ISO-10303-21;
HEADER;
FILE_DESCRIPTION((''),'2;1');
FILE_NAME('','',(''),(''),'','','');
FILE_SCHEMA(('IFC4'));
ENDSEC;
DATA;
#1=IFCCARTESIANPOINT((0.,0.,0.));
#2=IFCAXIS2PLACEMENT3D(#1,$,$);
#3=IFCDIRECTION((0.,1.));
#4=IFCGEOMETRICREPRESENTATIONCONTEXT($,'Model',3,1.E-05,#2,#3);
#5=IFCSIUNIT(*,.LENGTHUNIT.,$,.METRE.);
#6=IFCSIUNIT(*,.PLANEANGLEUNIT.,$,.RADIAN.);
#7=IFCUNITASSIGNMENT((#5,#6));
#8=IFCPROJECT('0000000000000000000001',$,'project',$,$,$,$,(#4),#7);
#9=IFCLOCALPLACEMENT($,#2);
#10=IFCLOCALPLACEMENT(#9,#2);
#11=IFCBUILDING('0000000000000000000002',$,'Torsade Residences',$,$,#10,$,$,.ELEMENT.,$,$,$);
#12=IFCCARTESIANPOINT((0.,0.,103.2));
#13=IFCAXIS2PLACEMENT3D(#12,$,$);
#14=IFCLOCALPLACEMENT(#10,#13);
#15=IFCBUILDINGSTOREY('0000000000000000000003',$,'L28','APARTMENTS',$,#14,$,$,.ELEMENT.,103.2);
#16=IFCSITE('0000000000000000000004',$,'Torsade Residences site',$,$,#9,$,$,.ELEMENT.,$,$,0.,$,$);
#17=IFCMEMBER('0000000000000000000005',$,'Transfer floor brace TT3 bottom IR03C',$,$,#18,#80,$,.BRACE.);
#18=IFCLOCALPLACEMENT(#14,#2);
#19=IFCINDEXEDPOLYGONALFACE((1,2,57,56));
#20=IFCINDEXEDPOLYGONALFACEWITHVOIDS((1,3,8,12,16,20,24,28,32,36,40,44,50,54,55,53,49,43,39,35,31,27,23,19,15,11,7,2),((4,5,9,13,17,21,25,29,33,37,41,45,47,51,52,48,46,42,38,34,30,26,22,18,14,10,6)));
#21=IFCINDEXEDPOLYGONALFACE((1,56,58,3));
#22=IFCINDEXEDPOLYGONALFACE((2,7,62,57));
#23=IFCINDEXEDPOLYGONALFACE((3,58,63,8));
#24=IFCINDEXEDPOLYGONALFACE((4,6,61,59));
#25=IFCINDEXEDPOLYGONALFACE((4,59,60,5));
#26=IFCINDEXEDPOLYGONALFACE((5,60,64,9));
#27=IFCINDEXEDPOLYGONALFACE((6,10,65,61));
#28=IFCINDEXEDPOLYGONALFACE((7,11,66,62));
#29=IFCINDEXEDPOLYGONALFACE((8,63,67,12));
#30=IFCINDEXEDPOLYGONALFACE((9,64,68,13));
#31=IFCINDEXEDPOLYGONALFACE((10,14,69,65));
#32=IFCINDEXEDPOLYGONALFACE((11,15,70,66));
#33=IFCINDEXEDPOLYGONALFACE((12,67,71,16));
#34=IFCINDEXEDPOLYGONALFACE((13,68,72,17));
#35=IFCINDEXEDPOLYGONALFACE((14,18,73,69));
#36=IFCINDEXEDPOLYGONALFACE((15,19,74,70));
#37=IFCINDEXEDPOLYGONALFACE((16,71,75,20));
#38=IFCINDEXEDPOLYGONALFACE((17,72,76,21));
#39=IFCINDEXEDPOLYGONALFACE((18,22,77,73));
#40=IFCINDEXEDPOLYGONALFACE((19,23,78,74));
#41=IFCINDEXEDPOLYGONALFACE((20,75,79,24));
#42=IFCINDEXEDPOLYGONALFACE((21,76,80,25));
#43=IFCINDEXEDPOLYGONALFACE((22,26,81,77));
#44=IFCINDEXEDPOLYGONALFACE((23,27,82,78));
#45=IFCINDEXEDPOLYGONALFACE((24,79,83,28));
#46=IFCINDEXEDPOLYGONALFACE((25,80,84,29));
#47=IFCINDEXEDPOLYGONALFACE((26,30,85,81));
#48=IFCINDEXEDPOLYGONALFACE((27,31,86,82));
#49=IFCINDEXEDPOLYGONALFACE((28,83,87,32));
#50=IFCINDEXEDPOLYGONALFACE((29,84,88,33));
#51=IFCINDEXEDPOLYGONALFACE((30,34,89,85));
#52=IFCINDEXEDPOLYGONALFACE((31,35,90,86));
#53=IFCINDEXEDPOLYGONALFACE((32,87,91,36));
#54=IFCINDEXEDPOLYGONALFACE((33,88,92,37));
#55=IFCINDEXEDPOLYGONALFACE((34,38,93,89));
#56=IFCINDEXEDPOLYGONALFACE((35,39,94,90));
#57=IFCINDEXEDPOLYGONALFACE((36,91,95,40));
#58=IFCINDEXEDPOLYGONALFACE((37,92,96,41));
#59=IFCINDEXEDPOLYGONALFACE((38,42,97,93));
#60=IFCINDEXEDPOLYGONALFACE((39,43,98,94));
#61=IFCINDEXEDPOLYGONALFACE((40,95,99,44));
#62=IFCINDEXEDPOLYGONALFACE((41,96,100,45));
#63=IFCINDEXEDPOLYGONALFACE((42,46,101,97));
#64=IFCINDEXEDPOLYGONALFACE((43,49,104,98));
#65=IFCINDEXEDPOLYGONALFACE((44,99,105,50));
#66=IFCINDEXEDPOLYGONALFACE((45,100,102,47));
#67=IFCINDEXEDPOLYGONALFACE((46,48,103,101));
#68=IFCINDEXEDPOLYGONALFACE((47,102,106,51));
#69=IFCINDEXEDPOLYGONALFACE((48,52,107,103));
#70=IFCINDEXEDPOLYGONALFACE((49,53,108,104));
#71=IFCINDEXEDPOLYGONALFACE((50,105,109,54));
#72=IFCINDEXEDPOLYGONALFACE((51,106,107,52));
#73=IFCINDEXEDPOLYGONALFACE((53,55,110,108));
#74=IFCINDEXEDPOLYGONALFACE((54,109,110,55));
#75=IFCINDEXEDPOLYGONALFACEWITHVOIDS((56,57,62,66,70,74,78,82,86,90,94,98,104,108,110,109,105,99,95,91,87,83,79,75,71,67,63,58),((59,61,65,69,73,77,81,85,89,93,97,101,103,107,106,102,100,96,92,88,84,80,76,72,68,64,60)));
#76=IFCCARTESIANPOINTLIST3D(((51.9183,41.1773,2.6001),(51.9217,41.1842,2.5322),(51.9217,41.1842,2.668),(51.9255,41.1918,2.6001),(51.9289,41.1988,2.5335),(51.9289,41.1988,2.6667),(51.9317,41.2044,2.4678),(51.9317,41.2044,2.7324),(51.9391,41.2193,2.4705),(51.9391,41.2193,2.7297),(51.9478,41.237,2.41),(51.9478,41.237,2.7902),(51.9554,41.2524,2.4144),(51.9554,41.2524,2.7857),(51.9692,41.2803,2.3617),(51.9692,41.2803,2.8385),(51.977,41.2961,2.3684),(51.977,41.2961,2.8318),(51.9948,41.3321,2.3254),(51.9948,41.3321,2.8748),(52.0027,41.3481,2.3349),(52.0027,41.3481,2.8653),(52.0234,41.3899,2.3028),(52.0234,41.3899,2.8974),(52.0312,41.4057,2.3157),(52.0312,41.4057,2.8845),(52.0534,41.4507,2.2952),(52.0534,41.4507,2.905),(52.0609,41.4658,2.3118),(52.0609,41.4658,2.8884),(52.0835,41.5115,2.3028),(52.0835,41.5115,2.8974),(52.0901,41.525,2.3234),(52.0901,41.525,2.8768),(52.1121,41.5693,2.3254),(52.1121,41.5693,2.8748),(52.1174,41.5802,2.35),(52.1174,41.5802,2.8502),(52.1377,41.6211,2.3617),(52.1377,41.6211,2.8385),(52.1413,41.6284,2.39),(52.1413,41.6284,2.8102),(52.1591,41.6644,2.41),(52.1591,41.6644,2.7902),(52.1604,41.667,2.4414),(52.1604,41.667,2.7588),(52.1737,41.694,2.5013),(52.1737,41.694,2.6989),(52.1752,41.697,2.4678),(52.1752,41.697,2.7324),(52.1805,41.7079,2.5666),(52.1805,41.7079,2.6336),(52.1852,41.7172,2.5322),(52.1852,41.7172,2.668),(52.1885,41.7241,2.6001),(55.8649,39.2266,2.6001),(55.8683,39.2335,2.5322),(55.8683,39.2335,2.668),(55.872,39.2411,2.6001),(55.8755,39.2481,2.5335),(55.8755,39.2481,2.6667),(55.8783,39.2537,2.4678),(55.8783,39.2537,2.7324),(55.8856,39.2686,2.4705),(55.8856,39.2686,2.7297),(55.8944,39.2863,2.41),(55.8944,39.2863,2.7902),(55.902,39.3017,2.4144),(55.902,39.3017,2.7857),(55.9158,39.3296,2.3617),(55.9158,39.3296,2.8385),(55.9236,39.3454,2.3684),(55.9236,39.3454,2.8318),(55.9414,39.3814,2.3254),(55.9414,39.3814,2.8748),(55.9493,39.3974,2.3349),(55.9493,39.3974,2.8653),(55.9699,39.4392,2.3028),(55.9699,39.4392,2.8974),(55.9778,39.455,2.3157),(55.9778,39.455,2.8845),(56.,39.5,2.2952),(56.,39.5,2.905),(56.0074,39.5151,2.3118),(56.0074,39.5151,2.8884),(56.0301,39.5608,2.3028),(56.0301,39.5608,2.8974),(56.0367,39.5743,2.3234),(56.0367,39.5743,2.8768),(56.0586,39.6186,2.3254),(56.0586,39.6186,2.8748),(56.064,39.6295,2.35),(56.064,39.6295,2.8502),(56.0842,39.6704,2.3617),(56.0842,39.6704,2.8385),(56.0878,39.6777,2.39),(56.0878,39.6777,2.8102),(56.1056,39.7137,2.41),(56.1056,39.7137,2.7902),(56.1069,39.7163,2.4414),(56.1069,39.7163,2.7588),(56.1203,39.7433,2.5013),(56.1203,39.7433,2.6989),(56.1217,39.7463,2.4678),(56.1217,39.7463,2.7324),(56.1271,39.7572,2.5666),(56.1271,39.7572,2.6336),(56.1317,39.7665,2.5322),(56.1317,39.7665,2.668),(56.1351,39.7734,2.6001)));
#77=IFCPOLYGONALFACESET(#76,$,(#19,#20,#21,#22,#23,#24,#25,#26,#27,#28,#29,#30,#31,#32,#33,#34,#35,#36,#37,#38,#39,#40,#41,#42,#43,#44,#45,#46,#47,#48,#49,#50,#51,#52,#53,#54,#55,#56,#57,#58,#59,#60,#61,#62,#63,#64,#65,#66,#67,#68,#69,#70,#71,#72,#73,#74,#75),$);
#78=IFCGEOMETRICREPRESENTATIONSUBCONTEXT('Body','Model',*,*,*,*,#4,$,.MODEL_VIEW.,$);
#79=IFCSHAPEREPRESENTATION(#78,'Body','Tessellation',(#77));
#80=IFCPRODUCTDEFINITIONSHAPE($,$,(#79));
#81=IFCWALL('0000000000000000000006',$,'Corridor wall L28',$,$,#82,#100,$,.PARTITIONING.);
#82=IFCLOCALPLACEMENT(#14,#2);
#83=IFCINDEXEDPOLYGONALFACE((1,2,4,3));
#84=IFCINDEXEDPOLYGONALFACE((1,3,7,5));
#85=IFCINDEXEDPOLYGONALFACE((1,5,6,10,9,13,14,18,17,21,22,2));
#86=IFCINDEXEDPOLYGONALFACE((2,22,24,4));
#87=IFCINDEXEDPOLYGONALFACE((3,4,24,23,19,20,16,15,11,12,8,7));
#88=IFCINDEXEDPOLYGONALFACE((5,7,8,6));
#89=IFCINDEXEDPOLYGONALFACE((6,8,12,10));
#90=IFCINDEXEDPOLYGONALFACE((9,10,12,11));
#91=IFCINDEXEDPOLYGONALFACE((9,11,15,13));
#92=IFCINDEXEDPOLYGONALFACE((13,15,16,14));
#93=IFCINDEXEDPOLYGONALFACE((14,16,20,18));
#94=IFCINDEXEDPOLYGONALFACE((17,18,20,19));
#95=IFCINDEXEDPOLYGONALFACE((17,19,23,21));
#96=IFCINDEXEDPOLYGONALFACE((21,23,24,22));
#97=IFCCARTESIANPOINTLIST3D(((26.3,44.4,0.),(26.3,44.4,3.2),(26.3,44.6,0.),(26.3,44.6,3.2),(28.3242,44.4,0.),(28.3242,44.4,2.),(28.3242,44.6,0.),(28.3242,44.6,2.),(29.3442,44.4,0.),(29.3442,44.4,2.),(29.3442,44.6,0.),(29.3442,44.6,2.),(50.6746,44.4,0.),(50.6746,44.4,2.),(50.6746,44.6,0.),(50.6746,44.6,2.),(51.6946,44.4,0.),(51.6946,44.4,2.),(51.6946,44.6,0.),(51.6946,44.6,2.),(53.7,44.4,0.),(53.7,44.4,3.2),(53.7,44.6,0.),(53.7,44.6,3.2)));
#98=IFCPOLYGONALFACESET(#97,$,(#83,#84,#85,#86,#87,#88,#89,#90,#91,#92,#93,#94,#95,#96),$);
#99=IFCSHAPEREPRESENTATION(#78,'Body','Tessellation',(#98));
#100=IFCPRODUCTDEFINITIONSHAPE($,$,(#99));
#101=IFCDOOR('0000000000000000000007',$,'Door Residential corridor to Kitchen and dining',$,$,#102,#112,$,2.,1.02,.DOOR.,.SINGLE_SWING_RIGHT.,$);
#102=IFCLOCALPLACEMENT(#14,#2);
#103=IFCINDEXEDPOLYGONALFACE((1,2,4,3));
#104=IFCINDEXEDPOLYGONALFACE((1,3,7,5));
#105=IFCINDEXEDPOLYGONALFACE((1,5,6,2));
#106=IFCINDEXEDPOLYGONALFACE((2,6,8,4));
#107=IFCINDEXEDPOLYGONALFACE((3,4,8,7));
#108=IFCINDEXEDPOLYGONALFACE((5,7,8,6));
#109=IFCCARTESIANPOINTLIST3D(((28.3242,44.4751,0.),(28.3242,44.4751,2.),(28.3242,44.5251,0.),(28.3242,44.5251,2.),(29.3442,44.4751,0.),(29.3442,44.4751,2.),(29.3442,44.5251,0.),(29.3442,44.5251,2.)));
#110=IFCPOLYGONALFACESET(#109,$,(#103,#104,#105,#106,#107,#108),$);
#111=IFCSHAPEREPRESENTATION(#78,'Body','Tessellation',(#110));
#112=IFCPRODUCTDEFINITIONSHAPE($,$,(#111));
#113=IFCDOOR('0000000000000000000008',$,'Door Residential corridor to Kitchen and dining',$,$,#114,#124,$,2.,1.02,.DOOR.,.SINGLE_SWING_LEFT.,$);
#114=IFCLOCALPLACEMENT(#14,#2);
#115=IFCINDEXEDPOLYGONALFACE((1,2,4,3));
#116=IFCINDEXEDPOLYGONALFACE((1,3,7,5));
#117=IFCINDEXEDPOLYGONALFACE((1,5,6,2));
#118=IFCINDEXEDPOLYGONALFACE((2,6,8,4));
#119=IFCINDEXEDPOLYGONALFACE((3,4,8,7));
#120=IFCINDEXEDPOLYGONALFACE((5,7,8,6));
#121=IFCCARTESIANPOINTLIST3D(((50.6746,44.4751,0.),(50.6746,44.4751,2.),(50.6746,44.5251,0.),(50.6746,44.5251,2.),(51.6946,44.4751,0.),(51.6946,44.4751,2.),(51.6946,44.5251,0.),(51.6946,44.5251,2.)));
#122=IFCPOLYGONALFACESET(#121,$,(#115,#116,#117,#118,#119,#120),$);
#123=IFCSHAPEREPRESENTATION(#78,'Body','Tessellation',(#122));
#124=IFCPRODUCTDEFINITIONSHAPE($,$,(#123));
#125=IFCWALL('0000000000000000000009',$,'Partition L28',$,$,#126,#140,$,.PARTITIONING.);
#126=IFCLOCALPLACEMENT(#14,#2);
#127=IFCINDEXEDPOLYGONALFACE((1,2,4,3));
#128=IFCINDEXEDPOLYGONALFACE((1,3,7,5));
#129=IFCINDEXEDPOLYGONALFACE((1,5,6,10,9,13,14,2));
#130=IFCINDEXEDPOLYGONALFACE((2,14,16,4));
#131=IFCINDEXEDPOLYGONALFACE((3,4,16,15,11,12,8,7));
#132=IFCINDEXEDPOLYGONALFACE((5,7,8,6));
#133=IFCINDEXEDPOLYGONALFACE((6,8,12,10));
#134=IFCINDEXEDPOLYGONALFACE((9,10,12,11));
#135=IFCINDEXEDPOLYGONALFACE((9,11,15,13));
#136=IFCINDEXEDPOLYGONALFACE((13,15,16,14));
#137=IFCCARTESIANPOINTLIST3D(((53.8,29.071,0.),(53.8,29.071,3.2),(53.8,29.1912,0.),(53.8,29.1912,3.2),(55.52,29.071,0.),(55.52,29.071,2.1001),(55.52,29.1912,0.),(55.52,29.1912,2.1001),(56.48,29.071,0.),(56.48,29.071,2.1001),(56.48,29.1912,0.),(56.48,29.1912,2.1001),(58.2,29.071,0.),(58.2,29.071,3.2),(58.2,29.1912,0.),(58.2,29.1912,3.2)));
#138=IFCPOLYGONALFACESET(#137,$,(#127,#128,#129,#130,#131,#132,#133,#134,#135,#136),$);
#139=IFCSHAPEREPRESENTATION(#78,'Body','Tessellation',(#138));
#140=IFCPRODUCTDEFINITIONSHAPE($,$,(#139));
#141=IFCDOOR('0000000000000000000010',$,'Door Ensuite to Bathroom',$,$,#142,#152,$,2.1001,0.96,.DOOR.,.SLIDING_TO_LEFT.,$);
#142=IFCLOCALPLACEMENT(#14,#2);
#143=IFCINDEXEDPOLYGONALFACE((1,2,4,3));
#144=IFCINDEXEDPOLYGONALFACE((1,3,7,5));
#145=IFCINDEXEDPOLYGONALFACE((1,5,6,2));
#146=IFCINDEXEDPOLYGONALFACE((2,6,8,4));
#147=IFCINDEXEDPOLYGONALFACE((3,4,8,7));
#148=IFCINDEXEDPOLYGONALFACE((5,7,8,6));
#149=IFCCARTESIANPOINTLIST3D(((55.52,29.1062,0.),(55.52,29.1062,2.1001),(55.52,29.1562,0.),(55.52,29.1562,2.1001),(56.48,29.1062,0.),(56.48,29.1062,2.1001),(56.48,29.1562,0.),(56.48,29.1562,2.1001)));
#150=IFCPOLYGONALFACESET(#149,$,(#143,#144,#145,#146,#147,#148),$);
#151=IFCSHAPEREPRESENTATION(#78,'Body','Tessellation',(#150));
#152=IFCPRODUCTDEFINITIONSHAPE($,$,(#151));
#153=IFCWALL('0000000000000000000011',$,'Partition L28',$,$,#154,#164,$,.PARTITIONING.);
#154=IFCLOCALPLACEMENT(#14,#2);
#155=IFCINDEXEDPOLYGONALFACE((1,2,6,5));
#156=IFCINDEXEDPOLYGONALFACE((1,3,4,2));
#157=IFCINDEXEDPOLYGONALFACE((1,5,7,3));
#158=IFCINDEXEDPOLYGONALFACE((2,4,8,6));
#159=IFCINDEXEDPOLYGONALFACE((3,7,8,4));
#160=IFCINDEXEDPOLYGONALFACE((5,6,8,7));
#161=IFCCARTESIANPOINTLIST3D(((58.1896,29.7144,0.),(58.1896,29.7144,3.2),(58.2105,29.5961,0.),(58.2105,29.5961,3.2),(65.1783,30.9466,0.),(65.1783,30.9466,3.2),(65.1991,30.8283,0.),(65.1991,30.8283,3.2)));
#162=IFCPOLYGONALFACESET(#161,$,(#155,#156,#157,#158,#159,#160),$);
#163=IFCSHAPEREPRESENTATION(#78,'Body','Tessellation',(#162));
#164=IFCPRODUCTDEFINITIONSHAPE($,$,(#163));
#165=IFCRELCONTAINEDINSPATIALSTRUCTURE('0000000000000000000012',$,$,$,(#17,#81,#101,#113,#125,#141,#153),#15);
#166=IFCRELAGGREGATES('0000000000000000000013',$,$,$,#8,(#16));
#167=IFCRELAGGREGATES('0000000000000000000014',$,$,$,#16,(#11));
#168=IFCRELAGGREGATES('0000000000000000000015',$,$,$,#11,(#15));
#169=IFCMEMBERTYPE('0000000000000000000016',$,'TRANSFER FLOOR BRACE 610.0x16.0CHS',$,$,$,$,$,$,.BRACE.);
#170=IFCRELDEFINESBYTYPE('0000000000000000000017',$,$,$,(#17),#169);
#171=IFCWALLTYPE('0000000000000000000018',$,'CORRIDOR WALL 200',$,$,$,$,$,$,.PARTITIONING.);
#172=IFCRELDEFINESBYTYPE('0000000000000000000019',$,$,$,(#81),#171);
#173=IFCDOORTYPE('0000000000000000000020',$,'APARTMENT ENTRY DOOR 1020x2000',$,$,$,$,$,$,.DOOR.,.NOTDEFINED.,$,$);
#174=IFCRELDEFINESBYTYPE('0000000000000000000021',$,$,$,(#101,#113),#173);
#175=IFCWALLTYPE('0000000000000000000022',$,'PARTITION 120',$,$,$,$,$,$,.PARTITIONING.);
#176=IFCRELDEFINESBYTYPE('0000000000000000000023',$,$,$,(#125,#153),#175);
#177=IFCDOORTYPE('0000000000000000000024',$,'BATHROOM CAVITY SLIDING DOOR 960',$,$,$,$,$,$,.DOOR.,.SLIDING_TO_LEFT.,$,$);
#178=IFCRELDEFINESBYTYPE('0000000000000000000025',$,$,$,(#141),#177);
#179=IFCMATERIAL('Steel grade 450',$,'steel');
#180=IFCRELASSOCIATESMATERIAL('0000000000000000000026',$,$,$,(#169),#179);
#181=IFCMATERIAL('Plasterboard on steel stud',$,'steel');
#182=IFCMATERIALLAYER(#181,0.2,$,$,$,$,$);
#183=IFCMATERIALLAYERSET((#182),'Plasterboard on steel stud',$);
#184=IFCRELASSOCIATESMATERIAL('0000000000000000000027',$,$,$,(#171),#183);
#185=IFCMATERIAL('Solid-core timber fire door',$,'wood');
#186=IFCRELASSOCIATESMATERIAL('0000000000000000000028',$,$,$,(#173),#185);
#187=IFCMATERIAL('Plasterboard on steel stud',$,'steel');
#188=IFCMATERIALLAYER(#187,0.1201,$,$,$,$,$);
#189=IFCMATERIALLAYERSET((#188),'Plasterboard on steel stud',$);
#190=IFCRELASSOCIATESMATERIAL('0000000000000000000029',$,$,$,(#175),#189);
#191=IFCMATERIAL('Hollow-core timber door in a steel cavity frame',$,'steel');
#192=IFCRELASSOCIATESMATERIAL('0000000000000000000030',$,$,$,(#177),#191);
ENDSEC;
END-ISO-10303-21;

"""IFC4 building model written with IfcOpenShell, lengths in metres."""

from ifc_helpers import new_model, si_unit, direction, frame, frame_2d, origin, origin_2d, place, context, subcontext, project, spatial, rectangle, hollow_circle, extrude, material, layer, layer_set, material_profile, profile_set, type_object, element, fill, save


model = new_model("IFC4")

# Units and contexts
model_context = context("Model", 3, precision=1e-05, world=origin(), true_north=direction((0.0, 1.0)))
body_context = subcontext(model_context, "Body", "Model", "MODEL_VIEW")
ifc_project = project(units=[si_unit("LENGTHUNIT", "METRE"), si_unit("PLANEANGLEUNIT", "RADIAN")], contexts=[model_context])

# Site, building, storey
site_placement = place(None, origin())
site = spatial("IfcSite", under=ifc_project, at=site_placement, Name="Torsade Residences site", CompositionType="ELEMENT", RefElevation=0.0)
building_placement = place(site_placement, origin())
building = spatial("IfcBuilding", under=site, at=building_placement, Name="Torsade Residences", CompositionType="ELEMENT")
storey_placement = place(building_placement, frame((0.0, 0.0, 103.2)))
storey = spatial("IfcBuildingStorey", under=building, at=storey_placement, Name="L28", Description="APARTMENTS", CompositionType="ELEMENT", Elevation=103.2)

# Member
ifc_material_1 = material(Name="Steel grade 450", Category="steel")
ifc_material_profile_1 = material_profile(ifc_material_1, hollow_circle(Radius=0.3049, WallThickness=0.0161, at=origin_2d()), Name="610.0x16.0CHS")
ifc_profile_set_1 = profile_set([ifc_material_profile_1], Name="Steel grade 450")
member_type = type_object("IfcMemberType", Name="TRANSFER FLOOR BRACE 610.0x16.0CHS", PredefinedType="BRACE", material=ifc_profile_set_1)
member_1_placement = place(storey_placement, frame((56.0, 39.5, 2.6001), z_axis=(-0.89647, 0.443105, 0.0), x_axis=(-0.443105, -0.89647, 0.0)))
element("IfcMember", 1, at=member_1_placement, inside=storey, type_object=member_type, Name="Transfer floor brace TT3 bottom IR03C", PredefinedType="BRACE", context=body_context, shape_type="SweptSolid", body=[
    extrude(hollow_circle(Radius=0.3049, WallThickness=0.0161, at=origin_2d()), origin(), (0.0, 0.0, 1.0), 4.4023),
])

# Wall, openings, doors
ifc_material_2 = material(Name="Plasterboard on steel stud", Category="steel")
ifc_layer_1 = layer(ifc_material_2, 0.2)
ifc_layer_set_1 = layer_set([ifc_layer_1], Name="Plasterboard on steel stud")
wall_type_1 = type_object("IfcWallType", Name="CORRIDOR WALL 200", PredefinedType="PARTITIONING", material=ifc_layer_set_1)
wall_1_placement = place(storey_placement, frame((53.7, 44.5, 0.0), z_axis=(0.0, 0.0, 1.0), x_axis=(-1.0, 0.0, 0.0)))
wall_1 = element("IfcWall", 2, at=wall_1_placement, inside=storey, type_object=wall_type_1, Name="Corridor wall L28", PredefinedType="PARTITIONING", context=body_context, shape_type="SweptSolid", body=[
    extrude(rectangle(XDim=27.3999, YDim=0.2, at=frame_2d((13.7, 0.0))), origin(), (0.0, 0.0, 1.0), 3.2),
])
opening_1_placement = place(wall_1_placement, frame((24.3557, 0.0, 0.0)))
opening_1 = element("IfcOpeningElement", 3, at=opening_1_placement, cuts=wall_1, PredefinedType="OPENING", context=body_context, shape_type="SweptSolid", body=[
    extrude(rectangle(XDim=1.02, YDim=2.0, at=frame_2d((0.51, 1.0))), frame((0.0, 0.1099, 0.0), z_axis=(0.0, -1.0, 0.0), x_axis=(1.0, 0.0, 0.0)), (0.0, 0.0, 1.0), 0.22),
])
opening_2_placement = place(wall_1_placement, frame((2.0054, 0.0, 0.0)))
opening_2 = element("IfcOpeningElement", 4, at=opening_2_placement, cuts=wall_1, PredefinedType="OPENING", context=body_context, shape_type="SweptSolid", body=[
    extrude(rectangle(XDim=1.02, YDim=2.0, at=frame_2d((0.51, 1.0))), frame((0.0, 0.1099, 0.0), z_axis=(0.0, -1.0, 0.0), x_axis=(1.0, 0.0, 0.0)), (0.0, 0.0, 1.0), 0.22),
])
ifc_material_3 = material(Name="Solid-core timber fire door", Category="wood")
door_type_1 = type_object("IfcDoorType", Name="APARTMENT ENTRY DOOR 1020x2000", OperationType="NOTDEFINED", PredefinedType="DOOR", material=ifc_material_3)
door_1_placement = place(opening_1_placement, origin())
door_1 = element("IfcDoor", 5, at=door_1_placement, inside=storey, type_object=door_type_1, Name="Door Residential corridor to Kitchen and dining", OperationType="SINGLE_SWING_RIGHT", OverallHeight=2.0, OverallWidth=1.02, PredefinedType="DOOR", context=body_context, shape_type="SweptSolid", body=[
    extrude(rectangle(XDim=1.02, YDim=2.0, at=frame_2d((0.51, 1.0))), frame((0.0, 0.0249, 0.0), z_axis=(0.0, -1.0, 0.0), x_axis=(1.0, 0.0, 0.0)), (0.0, 0.0, 1.0), 0.05),
])
fill(opening_1, door_1)
door_2_placement = place(opening_2_placement, origin())
door_2 = element("IfcDoor", 6, at=door_2_placement, inside=storey, type_object=door_type_1, Name="Door Residential corridor to Kitchen and dining", OperationType="SINGLE_SWING_LEFT", OverallHeight=2.0, OverallWidth=1.02, PredefinedType="DOOR", context=body_context, shape_type="SweptSolid", body=[
    extrude(rectangle(XDim=1.02, YDim=2.0, at=frame_2d((0.51, 1.0))), frame((0.0, 0.0249, 0.0), z_axis=(0.0, -1.0, 0.0), x_axis=(1.0, 0.0, 0.0)), (0.0, 0.0, 1.0), 0.05),
])
fill(opening_2, door_2)

# Wall, opening, door
ifc_material_4 = material(Name="Plasterboard on steel stud", Category="steel")
ifc_layer_2 = layer(ifc_material_4, 0.1201)
ifc_layer_set_2 = layer_set([ifc_layer_2], Name="Plasterboard on steel stud")
wall_type_2 = type_object("IfcWallType", Name="PARTITION 120", PredefinedType="PARTITIONING", material=ifc_layer_set_2)
wall_2_placement = place(storey_placement, frame((58.2, 29.1311, 0.0), z_axis=(0.0, 0.0, 1.0), x_axis=(-1.0, 0.0, 0.0)))
wall_2 = element("IfcWall", 7, at=wall_2_placement, inside=storey, type_object=wall_type_2, Name="Partition L28", PredefinedType="PARTITIONING", context=body_context, shape_type="SweptSolid", body=[
    extrude(rectangle(XDim=4.3999, YDim=0.1201, at=frame_2d((2.2, 0.0))), origin(), (0.0, 0.0, 1.0), 3.2),
])
opening_3_placement = place(wall_2_placement, frame((1.72, 0.0, 0.0)))
opening_3 = element("IfcOpeningElement", 8, at=opening_3_placement, cuts=wall_2, PredefinedType="OPENING", context=body_context, shape_type="SweptSolid", body=[
    extrude(rectangle(XDim=0.96, YDim=2.1001, at=frame_2d((0.48, 1.05))), frame((0.0, 0.0701, 0.0), z_axis=(0.0, -1.0, 0.0), x_axis=(1.0, 0.0, 0.0)), (0.0, 0.0, 1.0), 0.1401),
])
ifc_material_5 = material(Name="Hollow-core timber door in a steel cavity frame", Category="steel")
door_type_2 = type_object("IfcDoorType", Name="BATHROOM CAVITY SLIDING DOOR 960", OperationType="SLIDING_TO_LEFT", PredefinedType="DOOR", material=ifc_material_5)
door_3_placement = place(opening_3_placement, origin())
door_3 = element("IfcDoor", 9, at=door_3_placement, inside=storey, type_object=door_type_2, Name="Door Ensuite to Bathroom", OperationType="SLIDING_TO_LEFT", OverallHeight=2.1001, OverallWidth=0.96, PredefinedType="DOOR", context=body_context, shape_type="SweptSolid", body=[
    extrude(rectangle(XDim=0.96, YDim=2.1001, at=frame_2d((0.48, 1.05))), frame((0.0, 0.0249, 0.0), z_axis=(0.0, -1.0, 0.0), x_axis=(1.0, 0.0, 0.0)), (0.0, 0.0, 1.0), 0.05),
])
fill(opening_3, door_3)

# Wall
wall_3_placement = place(storey_placement, frame((58.2, 29.6553, 0.0), z_axis=(0.0, 0.0, 1.0), x_axis=(0.98481, 0.173636, 0.0)))
element("IfcWall", 10, at=wall_3_placement, inside=storey, type_object=wall_type_2, Name="Partition L28", PredefinedType="PARTITIONING", context=body_context, shape_type="SweptSolid", body=[
    extrude(rectangle(XDim=7.0964, YDim=0.1201, at=frame_2d((3.5483, 0.0))), origin(), (0.0, 0.0, 1.0), 3.2),
])

save(model, "model.ifc")
